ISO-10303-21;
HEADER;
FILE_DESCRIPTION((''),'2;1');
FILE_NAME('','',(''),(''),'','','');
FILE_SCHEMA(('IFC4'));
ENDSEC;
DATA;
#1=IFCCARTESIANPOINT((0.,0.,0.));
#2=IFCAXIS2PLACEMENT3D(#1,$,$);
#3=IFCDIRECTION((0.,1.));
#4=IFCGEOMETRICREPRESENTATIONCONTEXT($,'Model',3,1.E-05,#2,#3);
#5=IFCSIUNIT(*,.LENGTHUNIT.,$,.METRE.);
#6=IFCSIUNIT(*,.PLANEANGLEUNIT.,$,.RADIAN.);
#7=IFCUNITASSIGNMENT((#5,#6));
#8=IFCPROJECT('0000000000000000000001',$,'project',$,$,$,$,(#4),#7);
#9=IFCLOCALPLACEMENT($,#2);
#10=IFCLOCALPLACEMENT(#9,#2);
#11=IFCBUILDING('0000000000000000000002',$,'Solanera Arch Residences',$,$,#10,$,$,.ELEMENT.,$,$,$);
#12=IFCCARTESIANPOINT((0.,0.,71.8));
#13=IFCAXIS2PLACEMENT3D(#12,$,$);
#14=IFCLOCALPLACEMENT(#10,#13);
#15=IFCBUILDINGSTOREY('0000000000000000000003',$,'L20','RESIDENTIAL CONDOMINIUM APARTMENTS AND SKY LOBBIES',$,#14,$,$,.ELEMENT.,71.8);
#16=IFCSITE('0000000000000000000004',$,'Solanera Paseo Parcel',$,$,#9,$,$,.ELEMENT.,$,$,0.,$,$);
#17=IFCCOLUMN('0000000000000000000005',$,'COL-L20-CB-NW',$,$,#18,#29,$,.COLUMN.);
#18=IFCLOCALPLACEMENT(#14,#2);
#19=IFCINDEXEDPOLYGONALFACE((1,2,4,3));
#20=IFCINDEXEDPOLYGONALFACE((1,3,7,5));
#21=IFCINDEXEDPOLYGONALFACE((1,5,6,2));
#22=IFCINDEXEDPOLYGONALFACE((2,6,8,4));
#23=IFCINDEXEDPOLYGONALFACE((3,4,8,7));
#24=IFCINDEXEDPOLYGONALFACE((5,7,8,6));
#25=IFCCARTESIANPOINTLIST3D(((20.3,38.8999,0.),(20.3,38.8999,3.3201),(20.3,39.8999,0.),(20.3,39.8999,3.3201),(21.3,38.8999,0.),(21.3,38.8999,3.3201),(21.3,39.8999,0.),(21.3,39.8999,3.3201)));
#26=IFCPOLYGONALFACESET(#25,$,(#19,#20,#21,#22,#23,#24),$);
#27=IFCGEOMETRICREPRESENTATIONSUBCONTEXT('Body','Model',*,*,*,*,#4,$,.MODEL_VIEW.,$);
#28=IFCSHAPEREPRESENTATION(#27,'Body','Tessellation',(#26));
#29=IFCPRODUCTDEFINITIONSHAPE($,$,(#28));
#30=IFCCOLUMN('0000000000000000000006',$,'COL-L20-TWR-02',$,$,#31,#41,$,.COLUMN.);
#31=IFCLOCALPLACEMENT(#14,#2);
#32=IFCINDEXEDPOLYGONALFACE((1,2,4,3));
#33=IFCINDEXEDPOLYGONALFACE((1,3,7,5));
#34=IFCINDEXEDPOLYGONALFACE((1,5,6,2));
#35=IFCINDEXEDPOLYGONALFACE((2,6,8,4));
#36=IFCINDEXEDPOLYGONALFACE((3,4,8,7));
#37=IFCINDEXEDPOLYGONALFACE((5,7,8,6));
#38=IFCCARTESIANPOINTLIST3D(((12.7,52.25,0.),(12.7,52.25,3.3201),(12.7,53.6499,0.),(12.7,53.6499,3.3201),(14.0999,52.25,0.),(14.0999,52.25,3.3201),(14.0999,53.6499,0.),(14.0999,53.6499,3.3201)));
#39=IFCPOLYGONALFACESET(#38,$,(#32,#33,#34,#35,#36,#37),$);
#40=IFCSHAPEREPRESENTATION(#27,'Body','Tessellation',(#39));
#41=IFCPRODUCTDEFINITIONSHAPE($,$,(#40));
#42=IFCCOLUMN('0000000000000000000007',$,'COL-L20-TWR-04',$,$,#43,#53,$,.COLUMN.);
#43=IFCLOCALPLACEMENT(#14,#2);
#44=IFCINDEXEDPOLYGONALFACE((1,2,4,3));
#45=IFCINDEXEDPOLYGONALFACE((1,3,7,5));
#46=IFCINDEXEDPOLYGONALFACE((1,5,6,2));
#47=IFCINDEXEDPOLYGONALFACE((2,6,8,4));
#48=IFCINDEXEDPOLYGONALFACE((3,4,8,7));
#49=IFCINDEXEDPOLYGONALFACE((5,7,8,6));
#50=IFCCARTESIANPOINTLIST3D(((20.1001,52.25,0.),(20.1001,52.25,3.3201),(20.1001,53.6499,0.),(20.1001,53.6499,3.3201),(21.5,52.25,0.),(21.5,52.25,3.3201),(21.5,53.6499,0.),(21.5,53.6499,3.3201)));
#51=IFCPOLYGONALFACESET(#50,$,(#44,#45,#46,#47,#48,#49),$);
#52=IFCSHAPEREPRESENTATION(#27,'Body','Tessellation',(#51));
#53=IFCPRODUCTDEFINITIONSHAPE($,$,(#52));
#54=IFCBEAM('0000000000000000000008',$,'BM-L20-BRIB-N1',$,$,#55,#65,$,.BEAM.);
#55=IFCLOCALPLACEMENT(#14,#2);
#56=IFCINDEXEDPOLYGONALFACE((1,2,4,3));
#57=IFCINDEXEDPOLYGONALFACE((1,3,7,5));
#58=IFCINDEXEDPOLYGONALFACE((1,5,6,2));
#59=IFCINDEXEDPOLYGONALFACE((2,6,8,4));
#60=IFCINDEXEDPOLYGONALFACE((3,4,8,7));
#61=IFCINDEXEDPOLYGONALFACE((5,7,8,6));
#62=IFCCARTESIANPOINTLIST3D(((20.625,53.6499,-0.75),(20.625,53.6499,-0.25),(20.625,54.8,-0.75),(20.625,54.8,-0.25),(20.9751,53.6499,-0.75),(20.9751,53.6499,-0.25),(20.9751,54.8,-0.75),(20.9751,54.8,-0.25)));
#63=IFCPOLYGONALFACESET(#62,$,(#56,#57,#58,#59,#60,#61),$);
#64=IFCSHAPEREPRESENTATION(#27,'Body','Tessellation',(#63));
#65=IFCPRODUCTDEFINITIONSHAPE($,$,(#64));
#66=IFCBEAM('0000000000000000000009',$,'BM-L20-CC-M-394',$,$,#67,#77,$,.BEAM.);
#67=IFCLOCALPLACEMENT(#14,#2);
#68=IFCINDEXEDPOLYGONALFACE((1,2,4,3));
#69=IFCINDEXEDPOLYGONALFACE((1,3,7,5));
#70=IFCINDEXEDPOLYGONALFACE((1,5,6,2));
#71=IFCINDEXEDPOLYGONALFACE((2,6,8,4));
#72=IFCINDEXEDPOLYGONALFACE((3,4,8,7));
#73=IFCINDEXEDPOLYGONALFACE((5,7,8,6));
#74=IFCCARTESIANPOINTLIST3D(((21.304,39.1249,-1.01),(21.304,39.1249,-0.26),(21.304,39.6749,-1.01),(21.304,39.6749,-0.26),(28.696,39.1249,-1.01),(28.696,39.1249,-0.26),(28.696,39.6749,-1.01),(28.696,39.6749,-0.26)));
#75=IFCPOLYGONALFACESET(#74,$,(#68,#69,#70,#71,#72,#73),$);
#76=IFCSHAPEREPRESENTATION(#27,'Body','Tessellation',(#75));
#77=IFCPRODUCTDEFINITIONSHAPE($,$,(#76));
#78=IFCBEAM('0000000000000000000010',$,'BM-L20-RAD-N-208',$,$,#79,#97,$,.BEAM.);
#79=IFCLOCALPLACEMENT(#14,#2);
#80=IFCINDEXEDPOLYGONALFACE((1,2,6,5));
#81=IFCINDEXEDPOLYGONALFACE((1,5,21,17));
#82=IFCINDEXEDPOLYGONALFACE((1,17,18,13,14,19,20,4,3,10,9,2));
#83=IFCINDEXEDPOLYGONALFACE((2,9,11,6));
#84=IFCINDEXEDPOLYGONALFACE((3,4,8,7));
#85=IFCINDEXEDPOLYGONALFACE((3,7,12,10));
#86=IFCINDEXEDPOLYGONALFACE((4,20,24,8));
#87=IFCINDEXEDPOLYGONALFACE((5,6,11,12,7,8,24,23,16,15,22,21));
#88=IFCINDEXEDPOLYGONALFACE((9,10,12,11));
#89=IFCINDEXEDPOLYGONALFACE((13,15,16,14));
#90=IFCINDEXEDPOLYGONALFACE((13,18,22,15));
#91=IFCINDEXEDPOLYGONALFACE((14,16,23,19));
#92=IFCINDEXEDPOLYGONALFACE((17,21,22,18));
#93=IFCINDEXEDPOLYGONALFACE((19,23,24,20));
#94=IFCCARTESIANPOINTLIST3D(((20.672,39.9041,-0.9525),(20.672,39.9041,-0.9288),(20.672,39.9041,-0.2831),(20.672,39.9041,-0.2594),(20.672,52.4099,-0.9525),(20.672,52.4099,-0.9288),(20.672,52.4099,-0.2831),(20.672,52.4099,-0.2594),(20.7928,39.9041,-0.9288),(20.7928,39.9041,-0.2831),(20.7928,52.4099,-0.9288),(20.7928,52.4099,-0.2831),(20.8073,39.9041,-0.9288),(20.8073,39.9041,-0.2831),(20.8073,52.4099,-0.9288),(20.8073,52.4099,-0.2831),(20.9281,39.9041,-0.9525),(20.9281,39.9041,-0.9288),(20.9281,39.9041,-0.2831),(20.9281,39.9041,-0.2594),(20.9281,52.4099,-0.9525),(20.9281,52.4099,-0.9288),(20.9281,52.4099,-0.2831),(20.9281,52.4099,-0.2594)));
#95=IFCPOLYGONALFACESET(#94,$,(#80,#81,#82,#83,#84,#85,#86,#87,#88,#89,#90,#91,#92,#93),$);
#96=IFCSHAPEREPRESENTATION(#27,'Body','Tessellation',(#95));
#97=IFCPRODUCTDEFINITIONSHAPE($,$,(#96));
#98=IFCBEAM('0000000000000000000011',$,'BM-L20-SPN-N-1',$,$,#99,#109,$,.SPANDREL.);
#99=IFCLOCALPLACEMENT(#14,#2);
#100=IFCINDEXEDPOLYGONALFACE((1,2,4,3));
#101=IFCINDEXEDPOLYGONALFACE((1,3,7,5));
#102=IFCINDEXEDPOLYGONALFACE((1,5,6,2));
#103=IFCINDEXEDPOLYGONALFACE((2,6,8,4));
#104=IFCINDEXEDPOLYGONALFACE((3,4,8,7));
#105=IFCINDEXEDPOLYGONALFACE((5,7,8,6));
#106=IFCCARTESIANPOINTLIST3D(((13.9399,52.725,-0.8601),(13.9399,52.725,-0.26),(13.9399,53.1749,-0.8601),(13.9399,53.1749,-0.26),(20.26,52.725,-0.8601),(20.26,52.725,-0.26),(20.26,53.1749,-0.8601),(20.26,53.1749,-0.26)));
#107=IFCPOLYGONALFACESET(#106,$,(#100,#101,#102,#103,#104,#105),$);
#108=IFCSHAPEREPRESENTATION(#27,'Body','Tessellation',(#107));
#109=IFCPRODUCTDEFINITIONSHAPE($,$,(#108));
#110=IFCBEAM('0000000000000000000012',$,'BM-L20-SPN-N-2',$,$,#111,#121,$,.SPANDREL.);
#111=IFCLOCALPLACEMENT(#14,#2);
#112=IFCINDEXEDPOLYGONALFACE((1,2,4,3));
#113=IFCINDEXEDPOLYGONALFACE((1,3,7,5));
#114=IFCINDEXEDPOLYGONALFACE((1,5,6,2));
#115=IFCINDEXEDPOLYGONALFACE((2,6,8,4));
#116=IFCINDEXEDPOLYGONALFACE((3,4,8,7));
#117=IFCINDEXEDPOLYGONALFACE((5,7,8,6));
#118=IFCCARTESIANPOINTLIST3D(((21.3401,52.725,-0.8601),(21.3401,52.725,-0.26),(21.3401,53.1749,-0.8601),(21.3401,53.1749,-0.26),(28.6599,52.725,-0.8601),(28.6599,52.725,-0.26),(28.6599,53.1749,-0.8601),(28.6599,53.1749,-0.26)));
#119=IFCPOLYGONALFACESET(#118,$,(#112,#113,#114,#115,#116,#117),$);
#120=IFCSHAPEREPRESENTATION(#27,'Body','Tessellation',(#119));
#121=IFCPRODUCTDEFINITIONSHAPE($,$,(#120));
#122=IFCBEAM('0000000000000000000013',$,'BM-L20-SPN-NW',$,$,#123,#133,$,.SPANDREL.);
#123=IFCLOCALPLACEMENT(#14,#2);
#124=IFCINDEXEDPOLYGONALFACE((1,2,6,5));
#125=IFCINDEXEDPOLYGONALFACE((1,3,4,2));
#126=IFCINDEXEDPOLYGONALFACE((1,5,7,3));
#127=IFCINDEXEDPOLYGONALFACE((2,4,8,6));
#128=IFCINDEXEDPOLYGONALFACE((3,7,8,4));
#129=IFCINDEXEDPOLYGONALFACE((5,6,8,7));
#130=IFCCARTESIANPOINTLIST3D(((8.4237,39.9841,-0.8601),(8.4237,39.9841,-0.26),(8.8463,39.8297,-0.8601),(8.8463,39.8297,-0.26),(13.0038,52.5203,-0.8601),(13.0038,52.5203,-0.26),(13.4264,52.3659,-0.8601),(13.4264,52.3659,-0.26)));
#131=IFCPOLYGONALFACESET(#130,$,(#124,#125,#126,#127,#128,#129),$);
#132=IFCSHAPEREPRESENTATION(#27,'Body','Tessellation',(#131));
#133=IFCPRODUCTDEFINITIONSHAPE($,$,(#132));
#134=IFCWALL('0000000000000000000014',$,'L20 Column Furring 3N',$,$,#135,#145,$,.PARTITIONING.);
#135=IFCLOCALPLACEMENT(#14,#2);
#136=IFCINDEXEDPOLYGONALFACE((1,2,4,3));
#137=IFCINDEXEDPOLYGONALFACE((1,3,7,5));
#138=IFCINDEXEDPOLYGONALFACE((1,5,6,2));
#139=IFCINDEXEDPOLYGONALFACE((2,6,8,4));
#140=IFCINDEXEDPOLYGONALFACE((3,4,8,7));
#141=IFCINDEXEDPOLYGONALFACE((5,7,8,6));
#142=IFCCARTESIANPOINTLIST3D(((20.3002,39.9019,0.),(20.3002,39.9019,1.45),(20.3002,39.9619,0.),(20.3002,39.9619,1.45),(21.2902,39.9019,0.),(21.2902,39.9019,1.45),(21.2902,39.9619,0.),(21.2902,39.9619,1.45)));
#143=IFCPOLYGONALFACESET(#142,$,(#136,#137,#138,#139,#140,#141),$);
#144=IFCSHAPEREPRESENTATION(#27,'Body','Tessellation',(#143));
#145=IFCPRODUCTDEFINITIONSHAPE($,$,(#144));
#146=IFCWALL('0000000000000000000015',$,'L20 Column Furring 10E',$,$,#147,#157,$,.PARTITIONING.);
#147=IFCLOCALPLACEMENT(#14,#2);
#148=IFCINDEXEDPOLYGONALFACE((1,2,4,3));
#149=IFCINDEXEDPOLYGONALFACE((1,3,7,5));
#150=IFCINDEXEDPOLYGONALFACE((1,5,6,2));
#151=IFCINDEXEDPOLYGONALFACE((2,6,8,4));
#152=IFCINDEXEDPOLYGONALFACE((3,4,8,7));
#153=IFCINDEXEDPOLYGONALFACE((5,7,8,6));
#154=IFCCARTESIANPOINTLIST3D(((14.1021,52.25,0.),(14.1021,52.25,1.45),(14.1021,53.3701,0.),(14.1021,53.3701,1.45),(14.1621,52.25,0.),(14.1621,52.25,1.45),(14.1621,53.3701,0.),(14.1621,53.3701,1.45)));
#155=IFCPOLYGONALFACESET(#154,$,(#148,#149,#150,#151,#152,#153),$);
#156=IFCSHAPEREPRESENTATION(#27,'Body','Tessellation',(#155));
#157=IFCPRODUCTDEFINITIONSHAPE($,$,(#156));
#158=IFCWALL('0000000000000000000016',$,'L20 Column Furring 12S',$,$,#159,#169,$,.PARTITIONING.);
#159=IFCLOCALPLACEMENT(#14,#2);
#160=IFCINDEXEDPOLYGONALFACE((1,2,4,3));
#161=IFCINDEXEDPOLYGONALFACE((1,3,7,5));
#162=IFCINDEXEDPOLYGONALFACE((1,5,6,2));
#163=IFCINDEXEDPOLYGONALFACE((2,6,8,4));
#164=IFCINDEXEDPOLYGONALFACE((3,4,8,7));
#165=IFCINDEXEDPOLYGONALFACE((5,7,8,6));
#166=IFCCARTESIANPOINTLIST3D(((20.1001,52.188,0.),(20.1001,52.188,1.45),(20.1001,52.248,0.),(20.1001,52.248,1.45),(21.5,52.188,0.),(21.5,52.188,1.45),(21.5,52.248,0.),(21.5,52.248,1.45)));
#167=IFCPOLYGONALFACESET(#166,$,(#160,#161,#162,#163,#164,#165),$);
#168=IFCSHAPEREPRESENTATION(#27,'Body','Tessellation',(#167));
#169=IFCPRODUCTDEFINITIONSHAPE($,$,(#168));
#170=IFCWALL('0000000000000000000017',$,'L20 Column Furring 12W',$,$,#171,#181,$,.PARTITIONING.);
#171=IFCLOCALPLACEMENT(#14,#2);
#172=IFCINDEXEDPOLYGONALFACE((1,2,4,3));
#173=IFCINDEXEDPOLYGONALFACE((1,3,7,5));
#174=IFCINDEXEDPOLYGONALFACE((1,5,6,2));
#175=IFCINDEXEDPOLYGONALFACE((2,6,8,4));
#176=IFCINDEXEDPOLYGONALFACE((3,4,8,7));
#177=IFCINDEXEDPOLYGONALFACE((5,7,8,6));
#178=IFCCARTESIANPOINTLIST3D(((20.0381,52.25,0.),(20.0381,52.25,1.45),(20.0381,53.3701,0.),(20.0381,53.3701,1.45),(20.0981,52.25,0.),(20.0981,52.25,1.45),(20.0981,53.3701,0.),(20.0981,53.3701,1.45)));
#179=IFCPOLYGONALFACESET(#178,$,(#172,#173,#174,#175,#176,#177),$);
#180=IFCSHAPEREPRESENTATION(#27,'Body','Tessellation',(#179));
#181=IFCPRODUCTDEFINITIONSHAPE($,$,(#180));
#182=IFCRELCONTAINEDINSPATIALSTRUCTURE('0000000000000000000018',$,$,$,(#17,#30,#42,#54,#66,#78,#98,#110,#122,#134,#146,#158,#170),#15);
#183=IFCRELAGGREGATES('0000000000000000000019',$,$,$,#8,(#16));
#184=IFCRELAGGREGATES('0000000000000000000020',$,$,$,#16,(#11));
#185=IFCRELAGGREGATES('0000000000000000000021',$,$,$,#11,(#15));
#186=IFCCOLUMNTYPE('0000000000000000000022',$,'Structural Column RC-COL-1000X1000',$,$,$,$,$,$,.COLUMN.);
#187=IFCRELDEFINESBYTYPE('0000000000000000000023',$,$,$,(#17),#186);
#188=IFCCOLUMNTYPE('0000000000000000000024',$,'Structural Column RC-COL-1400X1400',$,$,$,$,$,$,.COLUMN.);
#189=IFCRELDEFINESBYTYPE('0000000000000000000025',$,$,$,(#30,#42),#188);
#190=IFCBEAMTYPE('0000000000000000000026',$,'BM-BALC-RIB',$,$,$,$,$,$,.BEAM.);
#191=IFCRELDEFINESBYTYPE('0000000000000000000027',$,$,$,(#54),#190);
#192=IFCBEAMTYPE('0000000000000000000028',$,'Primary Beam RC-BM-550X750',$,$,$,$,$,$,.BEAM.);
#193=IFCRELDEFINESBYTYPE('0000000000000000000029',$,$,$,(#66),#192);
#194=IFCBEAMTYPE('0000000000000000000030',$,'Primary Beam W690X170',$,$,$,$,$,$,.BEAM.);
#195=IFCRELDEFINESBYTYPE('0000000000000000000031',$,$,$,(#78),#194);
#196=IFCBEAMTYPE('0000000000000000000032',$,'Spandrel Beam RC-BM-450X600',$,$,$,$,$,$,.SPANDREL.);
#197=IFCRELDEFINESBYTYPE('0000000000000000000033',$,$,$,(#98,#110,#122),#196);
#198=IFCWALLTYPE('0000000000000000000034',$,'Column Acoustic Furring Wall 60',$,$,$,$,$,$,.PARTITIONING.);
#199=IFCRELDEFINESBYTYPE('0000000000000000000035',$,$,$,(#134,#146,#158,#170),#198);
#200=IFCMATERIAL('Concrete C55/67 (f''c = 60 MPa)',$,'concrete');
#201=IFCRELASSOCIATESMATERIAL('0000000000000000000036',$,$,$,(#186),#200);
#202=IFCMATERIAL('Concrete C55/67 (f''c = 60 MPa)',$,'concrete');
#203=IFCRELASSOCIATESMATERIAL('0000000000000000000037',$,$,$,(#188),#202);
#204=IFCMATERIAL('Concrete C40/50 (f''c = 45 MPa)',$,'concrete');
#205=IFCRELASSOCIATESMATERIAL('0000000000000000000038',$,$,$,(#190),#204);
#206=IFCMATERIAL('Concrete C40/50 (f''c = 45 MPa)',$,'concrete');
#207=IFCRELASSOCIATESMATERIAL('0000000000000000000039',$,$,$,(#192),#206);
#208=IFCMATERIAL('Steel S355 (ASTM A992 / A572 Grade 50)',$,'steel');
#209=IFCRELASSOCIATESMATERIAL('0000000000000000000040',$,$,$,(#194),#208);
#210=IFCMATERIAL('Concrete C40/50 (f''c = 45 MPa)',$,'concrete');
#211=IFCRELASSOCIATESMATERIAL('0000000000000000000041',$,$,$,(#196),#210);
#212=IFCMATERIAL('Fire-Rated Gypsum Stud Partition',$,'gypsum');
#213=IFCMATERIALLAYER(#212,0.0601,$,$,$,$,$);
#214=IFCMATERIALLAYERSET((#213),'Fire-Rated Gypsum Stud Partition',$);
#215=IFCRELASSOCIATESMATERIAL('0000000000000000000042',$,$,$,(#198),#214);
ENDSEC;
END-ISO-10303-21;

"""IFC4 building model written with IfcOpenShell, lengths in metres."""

from ifc_helpers import new_model, si_unit, direction, frame, frame_2d, origin, origin_2d, place, context, subcontext, project, spatial, rectangle, i_section, extrude, material, layer, layer_set, material_profile, profile_set, type_object, element, save


model = new_model("IFC4")

# Units and contexts
model_context = context("Model", 3, precision=1e-05, world=origin(), true_north=direction((0.0, 1.0)))
body_context = subcontext(model_context, "Body", "Model", "MODEL_VIEW")
ifc_project = project(units=[si_unit("LENGTHUNIT", "METRE"), si_unit("PLANEANGLEUNIT", "RADIAN")], contexts=[model_context])

# Site, building, storey
site_placement = place(None, origin())
site = spatial("IfcSite", under=ifc_project, at=site_placement, Name="Solanera Paseo Parcel", CompositionType="ELEMENT", RefElevation=0.0)
building_placement = place(site_placement, origin())
building = spatial("IfcBuilding", under=site, at=building_placement, Name="Solanera Arch Residences", CompositionType="ELEMENT")
storey_placement = place(building_placement, frame((0.0, 0.0, 71.8)))
storey = spatial("IfcBuildingStorey", under=building, at=storey_placement, Name="L20", Description="RESIDENTIAL CONDOMINIUM APARTMENTS AND SKY LOBBIES", CompositionType="ELEMENT", Elevation=71.8)

# Columns
ifc_material_1 = material(Name="Concrete C55/67 (f'c = 60 MPa)", Category="concrete")
ifc_material_profile_1 = material_profile(ifc_material_1, rectangle(XDim=1.0, YDim=1.0, at=origin_2d()))
ifc_profile_set_1 = profile_set([ifc_material_profile_1], Name="Concrete C55/67 (f'c = 60 MPa)")
column_type_1 = type_object("IfcColumnType", Name="Structural Column RC-COL-1000X1000", PredefinedType="COLUMN", material=ifc_profile_set_1)
column_placement = place(storey_placement, frame((20.8, 39.3999, 0.0), z_axis=(0.0, 0.0, 1.0), x_axis=(1.0, 0.0, 0.0)))
element("IfcColumn", 1, at=column_placement, inside=storey, type_object=column_type_1, Name="COL-L20-CB-NW", PredefinedType="COLUMN", context=body_context, shape_type="SweptSolid", body=[
    extrude(rectangle(XDim=1.0, YDim=1.0, at=origin_2d()), origin(), (0.0, 0.0, 1.0), 3.3201),
])
ifc_material_2 = material(Name="Concrete C55/67 (f'c = 60 MPa)", Category="concrete")
ifc_material_profile_2 = material_profile(ifc_material_2, rectangle(XDim=1.3999, YDim=1.3999, at=origin_2d()))
ifc_profile_set_2 = profile_set([ifc_material_profile_2], Name="Concrete C55/67 (f'c = 60 MPa)")
column_type_2 = type_object("IfcColumnType", Name="Structural Column RC-COL-1400X1400", PredefinedType="COLUMN", material=ifc_profile_set_2)
for number, where, z_axis, x_axis, name in (
    (2, (13.3999, 52.95, 0.0), (0.0, 0.0, 1.0), (1.0, 0.0, 0.0), "COL-L20-TWR-02"),
    (3, (20.8, 52.95, 0.0), (0.0, 0.0, 1.0), (1.0, 0.0, 0.0), "COL-L20-TWR-04"),
):
    element("IfcColumn", number, at=place(storey_placement, frame(where, z_axis=z_axis, x_axis=x_axis)), inside=storey, type_object=column_type_2, Name=name, PredefinedType="COLUMN", context=body_context, shape_type="SweptSolid", body=[
        extrude(rectangle(XDim=1.3999, YDim=1.3999, at=origin_2d()), origin(), (0.0, 0.0, 1.0), 3.3201),
    ])

# Beams
ifc_material_3 = material(Name="Concrete C40/50 (f'c = 45 MPa)", Category="concrete")
ifc_material_profile_3 = material_profile(ifc_material_3, rectangle(XDim=0.3501, YDim=0.5, at=origin_2d()))
ifc_profile_set_3 = profile_set([ifc_material_profile_3], Name="Concrete C40/50 (f'c = 45 MPa)")
beam_type_1 = type_object("IfcBeamType", Name="BM-BALC-RIB", PredefinedType="BEAM", material=ifc_profile_set_3)
beam_1_placement = place(storey_placement, frame((20.8, 53.6499, -0.5), z_axis=(0.0, 1.0, 0.0), x_axis=(-1.0, 0.0, 0.0)))
element("IfcBeam", 4, at=beam_1_placement, inside=storey, type_object=beam_type_1, Name="BM-L20-BRIB-N1", PredefinedType="BEAM", context=body_context, shape_type="SweptSolid", body=[
    extrude(rectangle(XDim=0.3501, YDim=0.5, at=origin_2d()), origin(), (0.0, 0.0, 1.0), 1.1501),
])
ifc_material_4 = material(Name="Concrete C40/50 (f'c = 45 MPa)", Category="concrete")
ifc_material_profile_4 = material_profile(ifc_material_4, rectangle(XDim=0.55, YDim=0.75, at=origin_2d()))
ifc_profile_set_4 = profile_set([ifc_material_profile_4], Name="Concrete C40/50 (f'c = 45 MPa)")
beam_type_2 = type_object("IfcBeamType", Name="Primary Beam RC-BM-550X750", PredefinedType="BEAM", material=ifc_profile_set_4)
beam_2_placement = place(storey_placement, frame((21.304, 39.3999, -0.635), z_axis=(1.0, 0.0, 0.0), x_axis=(0.0, 1.0, 0.0)))
element("IfcBeam", 5, at=beam_2_placement, inside=storey, type_object=beam_type_2, Name="BM-L20-CC-M-394", PredefinedType="BEAM", context=body_context, shape_type="SweptSolid", body=[
    extrude(rectangle(XDim=0.55, YDim=0.75, at=origin_2d()), origin(), (0.0, 0.0, 1.0), 7.3921),
])
ifc_material_5 = material(Name="Steel S355 (ASTM A992 / A572 Grade 50)", Category="steel")
ifc_material_profile_5 = material_profile(ifc_material_5, i_section(OverallWidth=0.2561, OverallDepth=0.6931, WebThickness=0.0144, FlangeThickness=0.0237, at=origin_2d()))
ifc_profile_set_5 = profile_set([ifc_material_profile_5], Name="Steel S355 (ASTM A992 / A572 Grade 50)")
beam_type_3 = type_object("IfcBeamType", Name="Primary Beam W690X170", PredefinedType="BEAM", material=ifc_profile_set_5)
beam_3_placement = place(storey_placement, frame((20.8, 39.9041, -0.606), z_axis=(0.0, 1.0, 0.0), x_axis=(-1.0, 0.0, 0.0)))
element("IfcBeam", 6, at=beam_3_placement, inside=storey, type_object=beam_type_3, Name="BM-L20-RAD-N-208", PredefinedType="BEAM", context=body_context, shape_type="SweptSolid", body=[
    extrude(i_section(OverallWidth=0.2561, OverallDepth=0.6931, WebThickness=0.0144, FlangeThickness=0.0237, at=origin_2d()), origin(), (0.0, 0.0, 1.0), 12.5059),
])
ifc_material_6 = material(Name="Concrete C40/50 (f'c = 45 MPa)", Category="concrete")
ifc_material_profile_6 = material_profile(ifc_material_6, rectangle(XDim=0.45, YDim=0.6001, at=origin_2d()))
ifc_profile_set_6 = profile_set([ifc_material_profile_6], Name="Concrete C40/50 (f'c = 45 MPa)")
beam_type_4 = type_object("IfcBeamType", Name="Spandrel Beam RC-BM-450X600", PredefinedType="SPANDREL", material=ifc_profile_set_6)
beam_4_placement = place(storey_placement, frame((13.9399, 52.95, -0.5601), z_axis=(1.0, 0.0, 0.0), x_axis=(0.0, 1.0, 0.0)))
element("IfcBeam", 7, at=beam_4_placement, inside=storey, type_object=beam_type_4, Name="BM-L20-SPN-N-1", PredefinedType="SPANDREL", context=body_context, shape_type="SweptSolid", body=[
    extrude(rectangle(XDim=0.45, YDim=0.6001, at=origin_2d()), origin(), (0.0, 0.0, 1.0), 6.3201),
])
beam_5_placement = place(storey_placement, frame((21.3401, 52.95, -0.5601), z_axis=(1.0, 0.0, 0.0), x_axis=(0.0, 1.0, 0.0)))
element("IfcBeam", 8, at=beam_5_placement, inside=storey, type_object=beam_type_4, Name="BM-L20-SPN-N-2", PredefinedType="SPANDREL", context=body_context, shape_type="SweptSolid", body=[
    extrude(rectangle(XDim=0.45, YDim=0.6001, at=origin_2d()), origin(), (0.0, 0.0, 1.0), 7.3198),
])
beam_6_placement = place(storey_placement, frame((13.2151, 52.4431, -0.5601), z_axis=(-0.343164, -0.939275, 0.0), x_axis=(0.939275, -0.343164, 0.0)))
element("IfcBeam", 9, at=beam_6_placement, inside=storey, type_object=beam_type_4, Name="BM-L20-SPN-NW", PredefinedType="SPANDREL", context=body_context, shape_type="SweptSolid", body=[
    extrude(rectangle(XDim=0.45, YDim=0.6001, at=origin_2d()), origin(), (0.0, 0.0, 1.0), 13.3467),
])

# Walls
ifc_material_7 = material(Name="Fire-Rated Gypsum Stud Partition", Category="gypsum")
ifc_layer_1 = layer(ifc_material_7, 0.0601)
ifc_layer_set_1 = layer_set([ifc_layer_1], Name="Fire-Rated Gypsum Stud Partition")
wall_type_1 = type_object("IfcWallType", Name="Column Acoustic Furring Wall 60", PredefinedType="PARTITIONING", material=ifc_layer_set_1)
wall_1_placement = place(storey_placement, frame((20.3, 39.9319, 0.0), z_axis=(0.0, 0.0, 1.0), x_axis=(1.0, 0.0, 0.0)))
element("IfcWall", 10, at=wall_1_placement, inside=storey, type_object=wall_type_1, Name="L20 Column Furring 3N", PredefinedType="PARTITIONING", context=body_context, shape_type="SweptSolid", body=[
    extrude(rectangle(XDim=0.99, YDim=0.0601, at=frame_2d((0.4951, 0.0))), origin(), (0.0, 0.0, 1.0), 1.45),
])
wall_2_placement = place(storey_placement, frame((14.1321, 52.25, 0.0), z_axis=(0.0, 0.0, 1.0), x_axis=(0.0, 1.0, 0.0)))
element("IfcWall", 11, at=wall_2_placement, inside=storey, type_object=wall_type_1, Name="L20 Column Furring 10E", PredefinedType="PARTITIONING", context=body_context, shape_type="SweptSolid", body=[
    extrude(rectangle(XDim=1.1201, YDim=0.0601, at=frame_2d((0.5601, 0.0))), origin(), (0.0, 0.0, 1.0), 1.45),
])
wall_3_placement = place(storey_placement, frame((20.1001, 52.218, 0.0), z_axis=(0.0, 0.0, 1.0), x_axis=(1.0, 0.0, 0.0)))
element("IfcWall", 12, at=wall_3_placement, inside=storey, type_object=wall_type_1, Name="L20 Column Furring 12S", PredefinedType="PARTITIONING", context=body_context, shape_type="SweptSolid", body=[
    extrude(rectangle(XDim=1.3999, YDim=0.0601, at=frame_2d((0.7, 0.0))), origin(), (0.0, 0.0, 1.0), 1.45),
])
for number, where, z_axis, x_axis, name in (
    (13, (20.0681, 52.25, 0.0), (0.0, 0.0, 1.0), (0.0, 1.0, 0.0), "L20 Column Furring 12W"),
):
    element("IfcWall", number, at=place(storey_placement, frame(where, z_axis=z_axis, x_axis=x_axis)), inside=storey, type_object=wall_type_1, Name=name, PredefinedType="PARTITIONING", context=body_context, shape_type="SweptSolid", body=[
        extrude(rectangle(XDim=1.1201, YDim=0.0601, at=frame_2d((0.5601, 0.0))), origin(), (0.0, 0.0, 1.0), 1.45),
    ])

save(model, "model.ifc")
